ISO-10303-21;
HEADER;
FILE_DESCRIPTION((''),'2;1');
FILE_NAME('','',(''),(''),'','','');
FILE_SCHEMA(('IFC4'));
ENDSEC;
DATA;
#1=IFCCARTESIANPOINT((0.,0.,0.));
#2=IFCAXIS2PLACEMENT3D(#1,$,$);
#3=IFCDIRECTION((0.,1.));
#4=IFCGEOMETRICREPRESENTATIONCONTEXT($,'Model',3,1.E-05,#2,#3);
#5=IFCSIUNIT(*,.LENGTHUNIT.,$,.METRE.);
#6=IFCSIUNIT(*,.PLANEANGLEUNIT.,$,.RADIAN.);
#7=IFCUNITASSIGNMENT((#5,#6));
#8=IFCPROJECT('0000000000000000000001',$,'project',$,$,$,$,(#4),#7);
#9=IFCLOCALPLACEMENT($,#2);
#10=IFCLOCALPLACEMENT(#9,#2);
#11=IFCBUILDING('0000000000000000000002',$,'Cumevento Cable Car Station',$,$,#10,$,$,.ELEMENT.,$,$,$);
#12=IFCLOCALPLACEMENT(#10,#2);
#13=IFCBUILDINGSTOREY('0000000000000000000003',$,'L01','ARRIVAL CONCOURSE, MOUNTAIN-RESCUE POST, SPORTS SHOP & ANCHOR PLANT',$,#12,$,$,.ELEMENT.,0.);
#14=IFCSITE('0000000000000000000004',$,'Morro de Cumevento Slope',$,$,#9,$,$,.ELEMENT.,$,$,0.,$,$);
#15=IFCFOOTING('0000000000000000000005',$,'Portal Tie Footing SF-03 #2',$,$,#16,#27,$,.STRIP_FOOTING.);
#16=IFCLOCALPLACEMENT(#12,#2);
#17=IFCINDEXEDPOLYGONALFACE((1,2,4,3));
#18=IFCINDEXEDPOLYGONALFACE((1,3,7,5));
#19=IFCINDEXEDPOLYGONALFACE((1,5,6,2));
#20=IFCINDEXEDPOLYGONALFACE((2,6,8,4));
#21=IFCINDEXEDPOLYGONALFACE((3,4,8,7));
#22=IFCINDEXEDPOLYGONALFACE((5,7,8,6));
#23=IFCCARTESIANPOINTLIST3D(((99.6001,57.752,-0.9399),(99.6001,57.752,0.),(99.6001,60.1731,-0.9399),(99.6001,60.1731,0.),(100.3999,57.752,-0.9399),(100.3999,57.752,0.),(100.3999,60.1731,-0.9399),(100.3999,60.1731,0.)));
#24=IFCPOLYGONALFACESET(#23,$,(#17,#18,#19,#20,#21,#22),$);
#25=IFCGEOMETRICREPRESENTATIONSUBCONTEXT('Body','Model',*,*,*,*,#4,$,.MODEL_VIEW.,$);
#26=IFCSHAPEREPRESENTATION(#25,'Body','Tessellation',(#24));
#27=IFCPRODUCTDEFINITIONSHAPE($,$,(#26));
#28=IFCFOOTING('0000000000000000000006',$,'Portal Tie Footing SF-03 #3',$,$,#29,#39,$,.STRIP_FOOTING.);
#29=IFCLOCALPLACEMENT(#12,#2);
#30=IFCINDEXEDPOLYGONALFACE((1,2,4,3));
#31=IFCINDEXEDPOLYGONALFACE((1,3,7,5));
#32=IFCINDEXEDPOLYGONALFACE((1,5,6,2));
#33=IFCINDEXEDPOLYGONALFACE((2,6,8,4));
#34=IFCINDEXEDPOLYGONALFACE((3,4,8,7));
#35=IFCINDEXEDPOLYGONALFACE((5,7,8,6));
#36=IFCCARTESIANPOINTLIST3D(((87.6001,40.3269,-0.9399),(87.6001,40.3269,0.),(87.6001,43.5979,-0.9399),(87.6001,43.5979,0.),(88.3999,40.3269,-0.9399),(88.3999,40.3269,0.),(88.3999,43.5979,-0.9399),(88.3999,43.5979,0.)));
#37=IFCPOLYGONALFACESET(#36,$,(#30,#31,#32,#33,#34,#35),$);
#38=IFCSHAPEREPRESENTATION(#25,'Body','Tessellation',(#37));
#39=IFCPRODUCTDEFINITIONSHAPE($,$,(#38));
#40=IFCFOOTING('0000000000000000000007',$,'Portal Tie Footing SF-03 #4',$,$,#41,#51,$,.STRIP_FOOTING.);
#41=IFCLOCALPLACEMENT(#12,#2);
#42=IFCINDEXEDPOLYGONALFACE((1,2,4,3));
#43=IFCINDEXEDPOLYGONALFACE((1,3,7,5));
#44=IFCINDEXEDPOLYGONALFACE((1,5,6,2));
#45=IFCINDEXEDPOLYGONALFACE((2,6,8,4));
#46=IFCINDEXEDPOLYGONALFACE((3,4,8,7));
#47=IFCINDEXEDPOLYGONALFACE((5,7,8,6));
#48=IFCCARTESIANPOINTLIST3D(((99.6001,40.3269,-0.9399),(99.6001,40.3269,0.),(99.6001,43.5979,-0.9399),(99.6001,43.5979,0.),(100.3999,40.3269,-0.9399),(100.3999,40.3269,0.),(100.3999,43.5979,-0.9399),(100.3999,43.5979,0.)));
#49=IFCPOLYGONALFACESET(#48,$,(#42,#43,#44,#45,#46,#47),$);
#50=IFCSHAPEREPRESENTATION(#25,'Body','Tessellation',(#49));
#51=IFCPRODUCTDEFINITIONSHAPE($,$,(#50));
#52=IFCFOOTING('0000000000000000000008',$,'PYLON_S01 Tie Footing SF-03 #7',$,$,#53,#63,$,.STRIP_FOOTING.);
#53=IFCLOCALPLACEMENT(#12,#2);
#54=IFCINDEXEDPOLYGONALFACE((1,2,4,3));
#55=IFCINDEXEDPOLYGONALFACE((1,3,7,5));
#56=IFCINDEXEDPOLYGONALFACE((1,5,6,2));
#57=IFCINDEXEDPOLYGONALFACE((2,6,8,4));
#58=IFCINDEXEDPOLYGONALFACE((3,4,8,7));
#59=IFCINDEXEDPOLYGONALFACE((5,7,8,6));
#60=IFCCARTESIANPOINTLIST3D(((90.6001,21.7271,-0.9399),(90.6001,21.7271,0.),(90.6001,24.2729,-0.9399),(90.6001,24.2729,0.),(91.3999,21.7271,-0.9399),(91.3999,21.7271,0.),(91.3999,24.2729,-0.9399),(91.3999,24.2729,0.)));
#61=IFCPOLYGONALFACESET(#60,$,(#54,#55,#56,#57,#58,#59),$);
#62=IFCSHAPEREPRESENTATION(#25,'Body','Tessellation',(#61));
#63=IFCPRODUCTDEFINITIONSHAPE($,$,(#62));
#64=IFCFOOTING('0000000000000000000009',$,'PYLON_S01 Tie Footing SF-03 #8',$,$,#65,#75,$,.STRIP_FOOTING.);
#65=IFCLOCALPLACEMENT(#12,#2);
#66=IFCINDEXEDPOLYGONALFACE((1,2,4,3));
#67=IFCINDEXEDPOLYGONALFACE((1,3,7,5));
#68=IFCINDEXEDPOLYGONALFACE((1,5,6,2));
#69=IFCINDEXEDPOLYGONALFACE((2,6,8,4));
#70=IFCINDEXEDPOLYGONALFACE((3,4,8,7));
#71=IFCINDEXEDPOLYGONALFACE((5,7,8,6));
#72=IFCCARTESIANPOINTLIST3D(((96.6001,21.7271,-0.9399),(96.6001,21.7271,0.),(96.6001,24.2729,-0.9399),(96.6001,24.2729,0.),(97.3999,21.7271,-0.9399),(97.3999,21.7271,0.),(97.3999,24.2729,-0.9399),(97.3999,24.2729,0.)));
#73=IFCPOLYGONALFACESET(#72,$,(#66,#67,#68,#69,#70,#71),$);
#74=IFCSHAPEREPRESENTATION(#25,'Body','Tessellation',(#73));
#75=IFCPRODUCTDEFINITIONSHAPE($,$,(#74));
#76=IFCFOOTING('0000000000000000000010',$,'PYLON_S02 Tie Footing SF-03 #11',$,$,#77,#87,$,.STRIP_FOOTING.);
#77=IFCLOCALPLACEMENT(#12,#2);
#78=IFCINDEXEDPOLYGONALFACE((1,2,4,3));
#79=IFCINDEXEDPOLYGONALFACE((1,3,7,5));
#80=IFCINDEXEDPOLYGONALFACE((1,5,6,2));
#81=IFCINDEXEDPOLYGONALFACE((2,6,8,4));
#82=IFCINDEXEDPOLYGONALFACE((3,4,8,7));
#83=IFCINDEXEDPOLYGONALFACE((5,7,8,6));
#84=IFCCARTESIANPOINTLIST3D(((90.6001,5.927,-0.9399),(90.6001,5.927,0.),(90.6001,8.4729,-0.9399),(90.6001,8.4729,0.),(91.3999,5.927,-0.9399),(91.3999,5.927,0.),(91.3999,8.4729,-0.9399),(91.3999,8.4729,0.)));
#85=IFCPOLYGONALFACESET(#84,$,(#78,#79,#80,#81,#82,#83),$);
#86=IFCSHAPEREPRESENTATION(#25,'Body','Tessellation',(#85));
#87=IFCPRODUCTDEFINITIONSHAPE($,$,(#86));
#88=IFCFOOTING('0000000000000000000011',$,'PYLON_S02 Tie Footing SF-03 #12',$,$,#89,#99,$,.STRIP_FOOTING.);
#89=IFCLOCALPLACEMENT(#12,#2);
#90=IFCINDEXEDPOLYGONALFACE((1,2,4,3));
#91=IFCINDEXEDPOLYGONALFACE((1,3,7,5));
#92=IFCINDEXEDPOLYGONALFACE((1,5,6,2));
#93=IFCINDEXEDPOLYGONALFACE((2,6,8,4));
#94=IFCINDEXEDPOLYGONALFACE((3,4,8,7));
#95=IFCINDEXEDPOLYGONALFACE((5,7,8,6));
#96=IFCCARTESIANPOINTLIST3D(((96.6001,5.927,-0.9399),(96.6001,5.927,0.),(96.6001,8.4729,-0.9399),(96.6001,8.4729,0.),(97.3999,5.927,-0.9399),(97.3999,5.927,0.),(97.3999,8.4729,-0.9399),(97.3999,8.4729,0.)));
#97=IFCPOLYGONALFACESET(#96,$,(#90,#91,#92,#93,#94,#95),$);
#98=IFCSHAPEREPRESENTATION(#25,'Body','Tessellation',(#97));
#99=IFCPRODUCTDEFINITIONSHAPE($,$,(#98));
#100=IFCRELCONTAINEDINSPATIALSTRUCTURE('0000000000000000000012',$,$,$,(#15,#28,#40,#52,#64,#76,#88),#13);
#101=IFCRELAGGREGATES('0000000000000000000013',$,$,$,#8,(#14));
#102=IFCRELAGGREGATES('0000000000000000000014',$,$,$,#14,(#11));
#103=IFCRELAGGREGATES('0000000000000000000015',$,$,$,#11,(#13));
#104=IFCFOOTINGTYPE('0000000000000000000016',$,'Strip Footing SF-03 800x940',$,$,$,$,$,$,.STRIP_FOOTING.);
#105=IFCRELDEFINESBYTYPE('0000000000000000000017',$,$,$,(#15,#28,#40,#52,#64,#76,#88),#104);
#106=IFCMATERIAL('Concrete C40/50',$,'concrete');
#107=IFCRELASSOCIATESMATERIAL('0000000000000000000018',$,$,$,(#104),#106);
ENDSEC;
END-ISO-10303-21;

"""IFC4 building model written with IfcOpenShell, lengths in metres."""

from ifc_helpers import new_model, si_unit, direction, frame, origin, place, context, subcontext, project, spatial, polyline, outline, extrude, material, type_object, element, save


model = new_model("IFC4")

# Units and contexts
model_context = context("Model", 3, precision=1e-05, world=origin(), true_north=direction((0.0, 1.0)))
body_context = subcontext(model_context, "Body", "Model", "MODEL_VIEW")
ifc_project = project(units=[si_unit("LENGTHUNIT", "METRE"), si_unit("PLANEANGLEUNIT", "RADIAN")], contexts=[model_context])

# Site, building, storey
site_placement = place(None, origin())
site = spatial("IfcSite", under=ifc_project, at=site_placement, Name="Morro de Cumevento Slope", CompositionType="ELEMENT", RefElevation=0.0)
building_placement = place(site_placement, origin())
building = spatial("IfcBuilding", under=site, at=building_placement, Name="Cumevento Cable Car Station", CompositionType="ELEMENT")
storey_placement = place(building_placement, origin())
storey = spatial("IfcBuildingStorey", under=building, at=storey_placement, Name="L01", Description="ARRIVAL CONCOURSE, MOUNTAIN-RESCUE POST, SPORTS SHOP & ANCHOR PLANT", CompositionType="ELEMENT", Elevation=0.0)

# Footings
ifc_material_1 = material(Name="Concrete C40/50", Category="concrete")
footing_type_1 = type_object("IfcFootingType", Name="Strip Footing SF-03 800x940", PredefinedType="STRIP_FOOTING", material=ifc_material_1)
footing_1_placement = place(storey_placement, frame((0.0, 0.0, -0.9399)))
element("IfcFooting", 1, at=footing_1_placement, inside=storey, type_object=footing_type_1, Name="Portal Tie Footing SF-03 #2", PredefinedType="STRIP_FOOTING", context=body_context, shape_type="SweptSolid", body=[
    extrude(outline(polyline([(99.6001, 57.752), (100.3999, 57.752), (100.3999, 60.1731), (99.6001, 60.1731), (99.6001, 57.752)])), origin(), (0.0, 0.0, 1.0), 0.9399),
])
footing_2_placement = place(storey_placement, frame((0.0, 0.0, -0.9399)))
element("IfcFooting", 2, at=footing_2_placement, inside=storey, type_object=footing_type_1, Name="Portal Tie Footing SF-03 #3", PredefinedType="STRIP_FOOTING", context=body_context, shape_type="SweptSolid", body=[
    extrude(outline(polyline([(87.6001, 40.3269), (88.3999, 40.3269), (88.3999, 43.5979), (87.6001, 43.5979), (87.6001, 40.3269)])), origin(), (0.0, 0.0, 1.0), 0.9399),
])
footing_3_placement = place(storey_placement, frame((0.0, 0.0, -0.9399)))
element("IfcFooting", 3, at=footing_3_placement, inside=storey, type_object=footing_type_1, Name="Portal Tie Footing SF-03 #4", PredefinedType="STRIP_FOOTING", context=body_context, shape_type="SweptSolid", body=[
    extrude(outline(polyline([(99.6001, 40.3269), (100.3999, 40.3269), (100.3999, 43.5979), (99.6001, 43.5979), (99.6001, 40.3269)])), origin(), (0.0, 0.0, 1.0), 0.9399),
])
footing_4_placement = place(storey_placement, frame((0.0, 0.0, -0.9399)))
element("IfcFooting", 4, at=footing_4_placement, inside=storey, type_object=footing_type_1, Name="PYLON_S01 Tie Footing SF-03 #7", PredefinedType="STRIP_FOOTING", context=body_context, shape_type="SweptSolid", body=[
    extrude(outline(polyline([(90.6001, 21.7271), (91.3999, 21.7271), (91.3999, 24.2729), (90.6001, 24.2729), (90.6001, 21.7271)])), origin(), (0.0, 0.0, 1.0), 0.9399),
])
footing_5_placement = place(storey_placement, frame((0.0, 0.0, -0.9399)))
element("IfcFooting", 5, at=footing_5_placement, inside=storey, type_object=footing_type_1, Name="PYLON_S01 Tie Footing SF-03 #8", PredefinedType="STRIP_FOOTING", context=body_context, shape_type="SweptSolid", body=[
    extrude(outline(polyline([(96.6001, 21.7271), (97.3999, 21.7271), (97.3999, 24.2729), (96.6001, 24.2729), (96.6001, 21.7271)])), origin(), (0.0, 0.0, 1.0), 0.9399),
])
footing_6_placement = place(storey_placement, frame((0.0, 0.0, -0.9399)))
element("IfcFooting", 6, at=footing_6_placement, inside=storey, type_object=footing_type_1, Name="PYLON_S02 Tie Footing SF-03 #11", PredefinedType="STRIP_FOOTING", context=body_context, shape_type="SweptSolid", body=[
    extrude(outline(polyline([(90.6001, 5.927), (91.3999, 5.927), (91.3999, 8.4729), (90.6001, 8.4729), (90.6001, 5.927)])), origin(), (0.0, 0.0, 1.0), 0.9399),
])
footing_7_placement = place(storey_placement, frame((0.0, 0.0, -0.9399)))
element("IfcFooting", 7, at=footing_7_placement, inside=storey, type_object=footing_type_1, Name="PYLON_S02 Tie Footing SF-03 #12", PredefinedType="STRIP_FOOTING", context=body_context, shape_type="SweptSolid", body=[
    extrude(outline(polyline([(96.6001, 5.927), (97.3999, 5.927), (97.3999, 8.4729), (96.6001, 8.4729), (96.6001, 5.927)])), origin(), (0.0, 0.0, 1.0), 0.9399),
])

save(model, "model.ifc")
